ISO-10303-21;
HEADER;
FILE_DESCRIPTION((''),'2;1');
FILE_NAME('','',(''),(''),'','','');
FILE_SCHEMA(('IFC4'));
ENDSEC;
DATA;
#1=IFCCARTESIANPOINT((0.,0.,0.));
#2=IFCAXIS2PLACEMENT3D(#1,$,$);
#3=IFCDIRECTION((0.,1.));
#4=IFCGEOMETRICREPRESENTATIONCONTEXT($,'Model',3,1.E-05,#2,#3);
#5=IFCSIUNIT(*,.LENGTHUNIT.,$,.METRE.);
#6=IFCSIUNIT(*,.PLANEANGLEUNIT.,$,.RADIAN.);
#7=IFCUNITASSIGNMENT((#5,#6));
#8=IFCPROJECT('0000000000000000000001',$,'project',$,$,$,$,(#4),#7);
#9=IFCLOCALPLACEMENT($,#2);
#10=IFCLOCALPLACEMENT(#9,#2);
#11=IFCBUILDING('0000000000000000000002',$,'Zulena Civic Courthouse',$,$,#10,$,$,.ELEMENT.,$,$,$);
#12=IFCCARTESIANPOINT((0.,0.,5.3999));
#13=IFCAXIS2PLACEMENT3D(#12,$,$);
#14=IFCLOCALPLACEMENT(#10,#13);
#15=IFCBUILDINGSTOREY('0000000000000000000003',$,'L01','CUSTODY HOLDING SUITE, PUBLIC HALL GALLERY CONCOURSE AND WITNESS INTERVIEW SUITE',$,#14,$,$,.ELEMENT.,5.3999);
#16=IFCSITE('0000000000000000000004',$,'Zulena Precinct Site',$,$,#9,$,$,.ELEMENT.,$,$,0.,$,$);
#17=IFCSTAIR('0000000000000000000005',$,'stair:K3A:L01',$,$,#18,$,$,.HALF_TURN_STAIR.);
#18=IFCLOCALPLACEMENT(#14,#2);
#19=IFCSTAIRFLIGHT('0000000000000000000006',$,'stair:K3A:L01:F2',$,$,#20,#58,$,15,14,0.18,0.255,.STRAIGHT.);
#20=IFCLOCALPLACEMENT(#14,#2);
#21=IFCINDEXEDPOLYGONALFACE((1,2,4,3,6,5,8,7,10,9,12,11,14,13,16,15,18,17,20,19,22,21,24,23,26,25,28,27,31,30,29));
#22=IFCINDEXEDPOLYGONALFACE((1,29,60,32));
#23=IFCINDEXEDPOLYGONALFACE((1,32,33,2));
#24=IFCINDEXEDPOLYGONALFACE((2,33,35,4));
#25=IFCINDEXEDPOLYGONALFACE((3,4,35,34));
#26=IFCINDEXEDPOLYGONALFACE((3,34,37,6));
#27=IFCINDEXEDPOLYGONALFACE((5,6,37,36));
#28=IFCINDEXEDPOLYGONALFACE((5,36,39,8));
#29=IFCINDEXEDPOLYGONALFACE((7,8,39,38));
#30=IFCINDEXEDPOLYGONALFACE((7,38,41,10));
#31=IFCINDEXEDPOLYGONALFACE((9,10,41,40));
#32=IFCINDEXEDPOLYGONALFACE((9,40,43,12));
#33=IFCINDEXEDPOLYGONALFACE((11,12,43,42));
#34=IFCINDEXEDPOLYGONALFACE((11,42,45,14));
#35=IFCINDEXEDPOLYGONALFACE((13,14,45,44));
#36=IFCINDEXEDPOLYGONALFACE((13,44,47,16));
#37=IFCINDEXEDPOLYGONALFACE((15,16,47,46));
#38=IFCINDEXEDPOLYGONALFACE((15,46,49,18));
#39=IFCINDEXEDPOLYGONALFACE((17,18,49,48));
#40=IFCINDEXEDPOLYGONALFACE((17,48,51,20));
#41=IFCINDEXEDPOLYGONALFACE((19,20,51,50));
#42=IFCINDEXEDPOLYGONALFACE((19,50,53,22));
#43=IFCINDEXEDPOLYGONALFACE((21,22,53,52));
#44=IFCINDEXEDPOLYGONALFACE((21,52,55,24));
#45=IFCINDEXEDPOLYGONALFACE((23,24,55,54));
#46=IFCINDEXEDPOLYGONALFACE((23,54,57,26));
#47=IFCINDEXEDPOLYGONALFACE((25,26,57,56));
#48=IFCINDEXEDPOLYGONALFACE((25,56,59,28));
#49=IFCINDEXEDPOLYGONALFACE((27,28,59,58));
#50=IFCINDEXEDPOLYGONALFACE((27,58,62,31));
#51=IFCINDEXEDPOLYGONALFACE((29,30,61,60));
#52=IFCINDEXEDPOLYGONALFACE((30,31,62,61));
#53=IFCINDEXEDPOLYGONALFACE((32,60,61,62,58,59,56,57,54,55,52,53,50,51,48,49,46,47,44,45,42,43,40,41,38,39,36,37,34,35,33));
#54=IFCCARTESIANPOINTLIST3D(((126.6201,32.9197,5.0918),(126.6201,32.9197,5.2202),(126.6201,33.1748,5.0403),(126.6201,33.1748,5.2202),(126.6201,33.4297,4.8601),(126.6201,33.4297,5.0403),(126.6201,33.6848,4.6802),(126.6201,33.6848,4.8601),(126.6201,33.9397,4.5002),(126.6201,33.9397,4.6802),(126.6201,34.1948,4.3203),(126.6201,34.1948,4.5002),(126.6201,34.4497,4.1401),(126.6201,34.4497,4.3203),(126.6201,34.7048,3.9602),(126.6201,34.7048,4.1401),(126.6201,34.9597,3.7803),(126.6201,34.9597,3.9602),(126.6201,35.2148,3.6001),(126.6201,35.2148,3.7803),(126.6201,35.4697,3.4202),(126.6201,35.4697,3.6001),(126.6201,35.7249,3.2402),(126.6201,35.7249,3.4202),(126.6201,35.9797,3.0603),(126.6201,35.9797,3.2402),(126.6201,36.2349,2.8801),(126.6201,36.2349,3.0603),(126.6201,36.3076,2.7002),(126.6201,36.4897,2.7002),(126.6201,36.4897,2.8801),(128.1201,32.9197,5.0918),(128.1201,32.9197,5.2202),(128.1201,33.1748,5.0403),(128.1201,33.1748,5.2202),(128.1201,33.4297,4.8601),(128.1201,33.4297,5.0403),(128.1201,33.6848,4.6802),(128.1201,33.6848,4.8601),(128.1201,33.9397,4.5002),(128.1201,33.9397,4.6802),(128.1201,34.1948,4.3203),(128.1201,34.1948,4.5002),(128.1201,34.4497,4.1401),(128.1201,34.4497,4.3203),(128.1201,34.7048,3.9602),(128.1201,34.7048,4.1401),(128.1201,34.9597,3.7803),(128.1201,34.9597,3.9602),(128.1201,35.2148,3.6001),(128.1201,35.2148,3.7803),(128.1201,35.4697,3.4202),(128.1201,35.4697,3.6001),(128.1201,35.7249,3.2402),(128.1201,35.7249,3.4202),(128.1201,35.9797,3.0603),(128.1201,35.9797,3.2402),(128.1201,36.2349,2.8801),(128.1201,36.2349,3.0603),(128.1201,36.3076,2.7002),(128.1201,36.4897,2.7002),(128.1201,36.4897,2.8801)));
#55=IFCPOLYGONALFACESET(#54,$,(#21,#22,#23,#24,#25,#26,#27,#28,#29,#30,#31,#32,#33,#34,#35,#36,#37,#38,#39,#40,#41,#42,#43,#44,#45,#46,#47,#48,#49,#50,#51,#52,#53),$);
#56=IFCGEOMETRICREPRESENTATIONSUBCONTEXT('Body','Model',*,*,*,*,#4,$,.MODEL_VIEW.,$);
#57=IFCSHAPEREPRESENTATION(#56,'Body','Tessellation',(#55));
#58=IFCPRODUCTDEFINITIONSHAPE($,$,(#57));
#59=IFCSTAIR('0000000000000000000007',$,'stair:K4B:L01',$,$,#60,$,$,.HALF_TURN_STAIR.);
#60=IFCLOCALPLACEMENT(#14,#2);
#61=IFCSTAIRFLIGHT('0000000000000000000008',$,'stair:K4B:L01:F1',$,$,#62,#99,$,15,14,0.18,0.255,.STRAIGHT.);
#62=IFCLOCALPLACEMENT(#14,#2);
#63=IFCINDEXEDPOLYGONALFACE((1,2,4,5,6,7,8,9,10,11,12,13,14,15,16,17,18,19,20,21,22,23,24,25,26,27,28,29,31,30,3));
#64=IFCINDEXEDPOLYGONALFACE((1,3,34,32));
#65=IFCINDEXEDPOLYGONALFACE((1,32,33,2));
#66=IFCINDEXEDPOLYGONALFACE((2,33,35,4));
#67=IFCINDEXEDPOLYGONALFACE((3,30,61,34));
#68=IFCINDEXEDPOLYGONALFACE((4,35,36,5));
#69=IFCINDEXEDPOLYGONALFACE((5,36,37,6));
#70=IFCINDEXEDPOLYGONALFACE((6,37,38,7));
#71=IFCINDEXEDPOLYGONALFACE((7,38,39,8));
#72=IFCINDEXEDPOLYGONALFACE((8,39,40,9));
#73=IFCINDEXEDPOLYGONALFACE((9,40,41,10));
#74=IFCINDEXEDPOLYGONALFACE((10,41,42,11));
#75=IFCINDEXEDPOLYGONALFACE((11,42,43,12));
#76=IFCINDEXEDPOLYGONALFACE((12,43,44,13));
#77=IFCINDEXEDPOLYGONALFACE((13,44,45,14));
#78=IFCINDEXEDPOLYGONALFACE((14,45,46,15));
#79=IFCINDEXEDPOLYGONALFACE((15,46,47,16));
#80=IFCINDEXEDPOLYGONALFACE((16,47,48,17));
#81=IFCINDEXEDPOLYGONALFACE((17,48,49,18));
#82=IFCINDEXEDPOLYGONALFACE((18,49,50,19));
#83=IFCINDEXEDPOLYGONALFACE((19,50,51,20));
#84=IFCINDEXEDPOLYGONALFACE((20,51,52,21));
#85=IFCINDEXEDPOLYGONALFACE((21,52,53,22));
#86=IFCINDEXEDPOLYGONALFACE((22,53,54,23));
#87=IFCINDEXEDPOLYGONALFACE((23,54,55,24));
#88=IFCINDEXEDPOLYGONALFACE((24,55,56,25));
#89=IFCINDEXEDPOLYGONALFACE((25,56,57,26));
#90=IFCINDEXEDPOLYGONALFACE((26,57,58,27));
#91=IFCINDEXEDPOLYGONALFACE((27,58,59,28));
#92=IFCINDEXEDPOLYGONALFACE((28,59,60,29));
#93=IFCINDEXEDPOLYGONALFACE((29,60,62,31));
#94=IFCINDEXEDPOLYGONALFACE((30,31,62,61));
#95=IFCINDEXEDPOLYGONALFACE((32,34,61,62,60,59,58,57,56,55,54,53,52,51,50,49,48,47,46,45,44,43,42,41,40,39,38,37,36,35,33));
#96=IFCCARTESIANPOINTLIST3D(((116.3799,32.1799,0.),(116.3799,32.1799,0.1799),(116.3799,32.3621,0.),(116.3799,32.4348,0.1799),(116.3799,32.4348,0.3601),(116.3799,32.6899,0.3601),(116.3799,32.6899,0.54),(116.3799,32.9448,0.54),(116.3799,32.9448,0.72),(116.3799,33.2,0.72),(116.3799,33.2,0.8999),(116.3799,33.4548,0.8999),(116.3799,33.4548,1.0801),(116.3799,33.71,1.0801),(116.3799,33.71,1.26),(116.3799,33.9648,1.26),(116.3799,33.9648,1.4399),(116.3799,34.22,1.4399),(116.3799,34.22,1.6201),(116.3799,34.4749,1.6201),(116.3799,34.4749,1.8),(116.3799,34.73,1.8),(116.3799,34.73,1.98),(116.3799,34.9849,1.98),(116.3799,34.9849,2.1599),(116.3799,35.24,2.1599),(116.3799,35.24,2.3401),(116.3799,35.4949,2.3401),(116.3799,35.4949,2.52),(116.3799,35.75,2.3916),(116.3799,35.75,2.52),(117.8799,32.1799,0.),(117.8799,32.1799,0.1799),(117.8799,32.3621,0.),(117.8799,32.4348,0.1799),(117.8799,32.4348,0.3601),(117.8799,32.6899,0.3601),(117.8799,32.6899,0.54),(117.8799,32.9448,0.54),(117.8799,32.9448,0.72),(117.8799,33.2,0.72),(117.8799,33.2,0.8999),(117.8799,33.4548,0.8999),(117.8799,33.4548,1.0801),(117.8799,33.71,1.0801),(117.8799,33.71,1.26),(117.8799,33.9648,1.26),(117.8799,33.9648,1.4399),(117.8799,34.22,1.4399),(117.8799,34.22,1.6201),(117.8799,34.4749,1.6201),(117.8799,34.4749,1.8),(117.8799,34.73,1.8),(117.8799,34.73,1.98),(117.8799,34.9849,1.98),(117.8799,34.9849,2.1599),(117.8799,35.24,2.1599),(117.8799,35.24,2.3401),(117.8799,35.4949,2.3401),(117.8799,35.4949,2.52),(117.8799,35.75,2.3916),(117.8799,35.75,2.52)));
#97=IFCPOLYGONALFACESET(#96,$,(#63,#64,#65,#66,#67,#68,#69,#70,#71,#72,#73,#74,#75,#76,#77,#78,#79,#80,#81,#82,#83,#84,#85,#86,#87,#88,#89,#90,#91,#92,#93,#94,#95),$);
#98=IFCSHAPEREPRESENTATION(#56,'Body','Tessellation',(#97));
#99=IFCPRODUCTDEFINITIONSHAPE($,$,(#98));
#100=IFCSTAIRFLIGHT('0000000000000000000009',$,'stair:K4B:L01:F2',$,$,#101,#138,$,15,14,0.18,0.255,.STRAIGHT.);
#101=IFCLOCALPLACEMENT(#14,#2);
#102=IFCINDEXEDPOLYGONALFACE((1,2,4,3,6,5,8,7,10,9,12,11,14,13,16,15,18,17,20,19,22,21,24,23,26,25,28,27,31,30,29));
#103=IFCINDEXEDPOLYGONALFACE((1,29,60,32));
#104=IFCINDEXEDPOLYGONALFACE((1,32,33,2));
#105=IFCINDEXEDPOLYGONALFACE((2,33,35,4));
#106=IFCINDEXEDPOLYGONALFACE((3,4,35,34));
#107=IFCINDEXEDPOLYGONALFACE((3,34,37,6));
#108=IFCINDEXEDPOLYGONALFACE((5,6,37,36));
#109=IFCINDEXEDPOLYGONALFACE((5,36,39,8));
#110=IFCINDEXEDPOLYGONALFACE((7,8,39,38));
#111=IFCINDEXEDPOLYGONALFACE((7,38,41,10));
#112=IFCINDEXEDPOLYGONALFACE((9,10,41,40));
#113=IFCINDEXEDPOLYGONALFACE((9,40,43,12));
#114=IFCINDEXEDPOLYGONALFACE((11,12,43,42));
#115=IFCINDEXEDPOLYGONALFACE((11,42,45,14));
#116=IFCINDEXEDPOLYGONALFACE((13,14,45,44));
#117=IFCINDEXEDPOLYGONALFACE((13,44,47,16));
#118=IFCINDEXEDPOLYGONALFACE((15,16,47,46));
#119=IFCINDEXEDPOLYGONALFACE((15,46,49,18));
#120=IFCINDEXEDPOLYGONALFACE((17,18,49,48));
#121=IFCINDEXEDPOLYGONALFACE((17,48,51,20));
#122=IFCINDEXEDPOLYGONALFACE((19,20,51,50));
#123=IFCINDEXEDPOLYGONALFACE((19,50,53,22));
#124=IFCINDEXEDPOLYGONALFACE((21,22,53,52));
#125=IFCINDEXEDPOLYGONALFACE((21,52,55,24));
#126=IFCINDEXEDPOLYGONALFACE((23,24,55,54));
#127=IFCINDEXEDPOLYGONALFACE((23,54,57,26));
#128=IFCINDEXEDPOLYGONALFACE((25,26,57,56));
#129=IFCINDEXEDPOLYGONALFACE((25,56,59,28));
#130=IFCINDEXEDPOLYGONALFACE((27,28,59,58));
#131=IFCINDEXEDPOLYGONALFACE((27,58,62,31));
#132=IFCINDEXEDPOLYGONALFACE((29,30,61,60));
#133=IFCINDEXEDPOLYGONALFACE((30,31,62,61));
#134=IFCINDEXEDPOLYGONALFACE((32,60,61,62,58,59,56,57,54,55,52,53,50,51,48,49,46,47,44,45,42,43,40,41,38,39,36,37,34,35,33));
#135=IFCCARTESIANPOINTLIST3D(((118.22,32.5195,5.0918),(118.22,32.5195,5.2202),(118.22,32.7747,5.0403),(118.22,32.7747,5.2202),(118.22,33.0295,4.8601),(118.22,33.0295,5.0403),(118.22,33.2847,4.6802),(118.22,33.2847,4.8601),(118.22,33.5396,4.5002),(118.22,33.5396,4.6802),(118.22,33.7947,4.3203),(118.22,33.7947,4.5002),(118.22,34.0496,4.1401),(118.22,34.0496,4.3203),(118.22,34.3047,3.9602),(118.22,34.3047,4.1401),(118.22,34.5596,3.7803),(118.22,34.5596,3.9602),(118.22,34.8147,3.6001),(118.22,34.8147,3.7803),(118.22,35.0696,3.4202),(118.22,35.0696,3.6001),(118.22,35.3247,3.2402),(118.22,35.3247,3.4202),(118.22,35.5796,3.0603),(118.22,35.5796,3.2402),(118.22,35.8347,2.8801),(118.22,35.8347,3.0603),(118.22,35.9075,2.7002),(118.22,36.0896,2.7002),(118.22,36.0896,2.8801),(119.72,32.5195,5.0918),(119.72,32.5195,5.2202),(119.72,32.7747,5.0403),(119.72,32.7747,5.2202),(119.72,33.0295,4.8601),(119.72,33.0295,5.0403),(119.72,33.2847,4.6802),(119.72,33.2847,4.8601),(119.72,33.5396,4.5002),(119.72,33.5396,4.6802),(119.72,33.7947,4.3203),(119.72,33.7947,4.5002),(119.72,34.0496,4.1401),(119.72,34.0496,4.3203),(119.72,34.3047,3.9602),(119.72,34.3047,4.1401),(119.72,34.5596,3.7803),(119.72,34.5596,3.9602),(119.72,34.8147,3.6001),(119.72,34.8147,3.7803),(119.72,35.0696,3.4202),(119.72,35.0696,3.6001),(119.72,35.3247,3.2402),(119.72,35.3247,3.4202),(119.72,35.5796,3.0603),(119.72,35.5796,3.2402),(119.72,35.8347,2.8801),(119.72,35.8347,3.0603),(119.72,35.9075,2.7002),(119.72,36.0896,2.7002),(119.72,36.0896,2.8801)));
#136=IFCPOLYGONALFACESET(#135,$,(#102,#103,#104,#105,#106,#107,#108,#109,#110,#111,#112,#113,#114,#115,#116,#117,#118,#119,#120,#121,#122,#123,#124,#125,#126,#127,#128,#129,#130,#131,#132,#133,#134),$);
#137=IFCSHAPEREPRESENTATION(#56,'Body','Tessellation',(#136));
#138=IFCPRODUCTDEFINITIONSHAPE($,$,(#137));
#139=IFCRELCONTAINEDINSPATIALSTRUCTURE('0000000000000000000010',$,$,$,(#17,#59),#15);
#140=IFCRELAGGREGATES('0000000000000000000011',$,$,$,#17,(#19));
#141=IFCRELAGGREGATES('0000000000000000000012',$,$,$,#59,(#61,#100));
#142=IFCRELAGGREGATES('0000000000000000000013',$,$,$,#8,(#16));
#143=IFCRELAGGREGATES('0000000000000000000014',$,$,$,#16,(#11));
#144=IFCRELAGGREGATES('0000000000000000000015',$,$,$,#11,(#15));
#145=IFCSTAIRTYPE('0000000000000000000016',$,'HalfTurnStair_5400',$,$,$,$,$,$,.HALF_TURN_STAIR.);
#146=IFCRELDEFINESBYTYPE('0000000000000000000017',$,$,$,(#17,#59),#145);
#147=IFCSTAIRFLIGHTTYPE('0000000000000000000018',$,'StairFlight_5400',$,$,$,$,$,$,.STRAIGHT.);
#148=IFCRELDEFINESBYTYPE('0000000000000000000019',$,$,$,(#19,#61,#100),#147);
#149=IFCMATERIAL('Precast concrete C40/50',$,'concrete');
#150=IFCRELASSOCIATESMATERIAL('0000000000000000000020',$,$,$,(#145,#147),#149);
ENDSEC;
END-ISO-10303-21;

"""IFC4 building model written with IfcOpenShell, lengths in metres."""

from ifc_helpers import new_model, si_unit, direction, frame, origin, place, context, subcontext, project, spatial, polyline, outline, extrude, material, type_object, element, aggregate, save


model = new_model("IFC4")

# Units and contexts
model_context = context("Model", 3, precision=1e-05, world=origin(), true_north=direction((0.0, 1.0)))
body_context = subcontext(model_context, "Body", "Model", "MODEL_VIEW")
ifc_project = project(units=[si_unit("LENGTHUNIT", "METRE"), si_unit("PLANEANGLEUNIT", "RADIAN")], contexts=[model_context])

# Site, building, storey
site_placement = place(None, origin())
site = spatial("IfcSite", under=ifc_project, at=site_placement, Name="Zulena Precinct Site", CompositionType="ELEMENT", RefElevation=0.0)
building_placement = place(site_placement, origin())
building = spatial("IfcBuilding", under=site, at=building_placement, Name="Zulena Civic Courthouse", CompositionType="ELEMENT")
storey_placement = place(building_placement, frame((0.0, 0.0, 5.3999)))
storey = spatial("IfcBuildingStorey", under=building, at=storey_placement, Name="L01", Description="CUSTODY HOLDING SUITE, PUBLIC HALL GALLERY CONCOURSE AND WITNESS INTERVIEW SUITE", CompositionType="ELEMENT", Elevation=5.3999)

# Stairs, stair flights
ifc_material_1 = material(Name="Precast concrete C40/50", Category="concrete")
stair_type = type_object("IfcStairType", Name="HalfTurnStair_5400", PredefinedType="HALF_TURN_STAIR", material=ifc_material_1)
stair_1_placement = place(storey_placement, origin())
stair_1 = element("IfcStair", 1, at=stair_1_placement, inside=storey, type_object=stair_type, Name="stair:K3A:L01", PredefinedType="HALF_TURN_STAIR")
stair_flight_type = type_object("IfcStairFlightType", Name="StairFlight_5400", PredefinedType="STRAIGHT", material=ifc_material_1)
stair_flight_1_placement = place(storey_placement, frame((127.3701, 36.4897, 2.7002), z_axis=(0.0, 0.0, 1.0), x_axis=(0.0, -1.0, 0.0)))
stair_flight_1 = element("IfcStairFlight", 2, at=stair_flight_1_placement, type_object=stair_flight_type, Name="stair:K3A:L01:F2", NumberOfRisers=15, NumberOfTreads=14, PredefinedType="STRAIGHT", RiserHeight=0.18, TreadLength=0.255, context=body_context, shape_type="SweptSolid", body=[
    extrude(outline(polyline([(0.0, 0.0), (0.0, 0.1799), (0.2549, 0.1799), (0.2549, 0.3601), (0.51, 0.3601), (0.51, 0.54), (0.7649, 0.54), (0.7649, 0.72), (1.02, 0.72), (1.02, 0.8999), (1.2749, 0.8999), (1.2749, 1.0801), (1.53, 1.0801), (1.53, 1.26), (1.7849, 1.26), (1.7849, 1.4399), (2.04, 1.4399), (2.04, 1.6201), (2.2949, 1.6201), (2.2949, 1.8), (2.55, 1.8), (2.55, 1.98), (2.8049, 1.98), (2.8049, 2.1599), (3.0601, 2.1599), (3.0601, 2.3401), (3.3149, 2.3401), (3.3149, 2.52), (3.5701, 2.52), (3.5701, 2.7), (3.5701, 2.3916), (0.1821, 0.0), (0.0, 0.0)])), frame((0.0, 0.75, 0.0), z_axis=(0.0, -1.0, 0.0), x_axis=(1.0, 0.0, 0.0)), (0.0, 0.0, 1.0), 1.5),
])
aggregate(stair_1, [stair_flight_1])
stair_2_placement = place(storey_placement, origin())
stair_2 = element("IfcStair", 3, at=stair_2_placement, inside=storey, type_object=stair_type, Name="stair:K4B:L01", PredefinedType="HALF_TURN_STAIR")
stair_flight_2_placement = place(storey_placement, frame((117.1299, 32.1799, 0.0), z_axis=(0.0, 0.0, 1.0), x_axis=(0.0, 1.0, 0.0)))
stair_flight_2 = element("IfcStairFlight", 4, at=stair_flight_2_placement, type_object=stair_flight_type, Name="stair:K4B:L01:F1", NumberOfRisers=15, NumberOfTreads=14, PredefinedType="STRAIGHT", RiserHeight=0.18, TreadLength=0.255, context=body_context, shape_type="SweptSolid", body=[
    extrude(outline(polyline([(0.0, 0.0), (0.0, 0.1799), (0.2549, 0.1799), (0.2549, 0.3601), (0.51, 0.3601), (0.51, 0.54), (0.7649, 0.54), (0.7649, 0.72), (1.02, 0.72), (1.02, 0.8999), (1.2749, 0.8999), (1.2749, 1.0801), (1.53, 1.0801), (1.53, 1.26), (1.7849, 1.26), (1.7849, 1.4399), (2.04, 1.4399), (2.04, 1.6201), (2.2949, 1.6201), (2.2949, 1.8), (2.55, 1.8), (2.55, 1.98), (2.8049, 1.98), (2.8049, 2.1599), (3.0601, 2.1599), (3.0601, 2.3401), (3.3149, 2.3401), (3.3149, 2.52), (3.5701, 2.52), (3.5701, 2.7), (3.5701, 2.3916), (0.1821, 0.0), (0.0, 0.0)])), frame((0.0, 0.75, 0.0), z_axis=(0.0, -1.0, 0.0), x_axis=(1.0, 0.0, 0.0)), (0.0, 0.0, 1.0), 1.5),
])
stair_flight_3_placement = place(storey_placement, frame((118.97, 36.0896, 2.7002), z_axis=(0.0, 0.0, 1.0), x_axis=(0.0, -1.0, 0.0)))
stair_flight_3 = element("IfcStairFlight", 5, at=stair_flight_3_placement, type_object=stair_flight_type, Name="stair:K4B:L01:F2", NumberOfRisers=15, NumberOfTreads=14, PredefinedType="STRAIGHT", RiserHeight=0.18, TreadLength=0.255, context=body_context, shape_type="SweptSolid", body=[
    extrude(outline(polyline([(0.0, 0.0), (0.0, 0.1799), (0.2549, 0.1799), (0.2549, 0.3601), (0.51, 0.3601), (0.51, 0.54), (0.7649, 0.54), (0.7649, 0.72), (1.02, 0.72), (1.02, 0.8999), (1.2749, 0.8999), (1.2749, 1.0801), (1.53, 1.0801), (1.53, 1.26), (1.7849, 1.26), (1.7849, 1.4399), (2.04, 1.4399), (2.04, 1.6201), (2.2949, 1.6201), (2.2949, 1.8), (2.55, 1.8), (2.55, 1.98), (2.8049, 1.98), (2.8049, 2.1599), (3.0601, 2.1599), (3.0601, 2.3401), (3.3149, 2.3401), (3.3149, 2.52), (3.5701, 2.52), (3.5701, 2.7), (3.5701, 2.3916), (0.1821, 0.0), (0.0, 0.0)])), frame((0.0, 0.75, 0.0), z_axis=(0.0, -1.0, 0.0), x_axis=(1.0, 0.0, 0.0)), (0.0, 0.0, 1.0), 1.5),
])
aggregate(stair_2, [stair_flight_2, stair_flight_3])

save(model, "model.ifc")
